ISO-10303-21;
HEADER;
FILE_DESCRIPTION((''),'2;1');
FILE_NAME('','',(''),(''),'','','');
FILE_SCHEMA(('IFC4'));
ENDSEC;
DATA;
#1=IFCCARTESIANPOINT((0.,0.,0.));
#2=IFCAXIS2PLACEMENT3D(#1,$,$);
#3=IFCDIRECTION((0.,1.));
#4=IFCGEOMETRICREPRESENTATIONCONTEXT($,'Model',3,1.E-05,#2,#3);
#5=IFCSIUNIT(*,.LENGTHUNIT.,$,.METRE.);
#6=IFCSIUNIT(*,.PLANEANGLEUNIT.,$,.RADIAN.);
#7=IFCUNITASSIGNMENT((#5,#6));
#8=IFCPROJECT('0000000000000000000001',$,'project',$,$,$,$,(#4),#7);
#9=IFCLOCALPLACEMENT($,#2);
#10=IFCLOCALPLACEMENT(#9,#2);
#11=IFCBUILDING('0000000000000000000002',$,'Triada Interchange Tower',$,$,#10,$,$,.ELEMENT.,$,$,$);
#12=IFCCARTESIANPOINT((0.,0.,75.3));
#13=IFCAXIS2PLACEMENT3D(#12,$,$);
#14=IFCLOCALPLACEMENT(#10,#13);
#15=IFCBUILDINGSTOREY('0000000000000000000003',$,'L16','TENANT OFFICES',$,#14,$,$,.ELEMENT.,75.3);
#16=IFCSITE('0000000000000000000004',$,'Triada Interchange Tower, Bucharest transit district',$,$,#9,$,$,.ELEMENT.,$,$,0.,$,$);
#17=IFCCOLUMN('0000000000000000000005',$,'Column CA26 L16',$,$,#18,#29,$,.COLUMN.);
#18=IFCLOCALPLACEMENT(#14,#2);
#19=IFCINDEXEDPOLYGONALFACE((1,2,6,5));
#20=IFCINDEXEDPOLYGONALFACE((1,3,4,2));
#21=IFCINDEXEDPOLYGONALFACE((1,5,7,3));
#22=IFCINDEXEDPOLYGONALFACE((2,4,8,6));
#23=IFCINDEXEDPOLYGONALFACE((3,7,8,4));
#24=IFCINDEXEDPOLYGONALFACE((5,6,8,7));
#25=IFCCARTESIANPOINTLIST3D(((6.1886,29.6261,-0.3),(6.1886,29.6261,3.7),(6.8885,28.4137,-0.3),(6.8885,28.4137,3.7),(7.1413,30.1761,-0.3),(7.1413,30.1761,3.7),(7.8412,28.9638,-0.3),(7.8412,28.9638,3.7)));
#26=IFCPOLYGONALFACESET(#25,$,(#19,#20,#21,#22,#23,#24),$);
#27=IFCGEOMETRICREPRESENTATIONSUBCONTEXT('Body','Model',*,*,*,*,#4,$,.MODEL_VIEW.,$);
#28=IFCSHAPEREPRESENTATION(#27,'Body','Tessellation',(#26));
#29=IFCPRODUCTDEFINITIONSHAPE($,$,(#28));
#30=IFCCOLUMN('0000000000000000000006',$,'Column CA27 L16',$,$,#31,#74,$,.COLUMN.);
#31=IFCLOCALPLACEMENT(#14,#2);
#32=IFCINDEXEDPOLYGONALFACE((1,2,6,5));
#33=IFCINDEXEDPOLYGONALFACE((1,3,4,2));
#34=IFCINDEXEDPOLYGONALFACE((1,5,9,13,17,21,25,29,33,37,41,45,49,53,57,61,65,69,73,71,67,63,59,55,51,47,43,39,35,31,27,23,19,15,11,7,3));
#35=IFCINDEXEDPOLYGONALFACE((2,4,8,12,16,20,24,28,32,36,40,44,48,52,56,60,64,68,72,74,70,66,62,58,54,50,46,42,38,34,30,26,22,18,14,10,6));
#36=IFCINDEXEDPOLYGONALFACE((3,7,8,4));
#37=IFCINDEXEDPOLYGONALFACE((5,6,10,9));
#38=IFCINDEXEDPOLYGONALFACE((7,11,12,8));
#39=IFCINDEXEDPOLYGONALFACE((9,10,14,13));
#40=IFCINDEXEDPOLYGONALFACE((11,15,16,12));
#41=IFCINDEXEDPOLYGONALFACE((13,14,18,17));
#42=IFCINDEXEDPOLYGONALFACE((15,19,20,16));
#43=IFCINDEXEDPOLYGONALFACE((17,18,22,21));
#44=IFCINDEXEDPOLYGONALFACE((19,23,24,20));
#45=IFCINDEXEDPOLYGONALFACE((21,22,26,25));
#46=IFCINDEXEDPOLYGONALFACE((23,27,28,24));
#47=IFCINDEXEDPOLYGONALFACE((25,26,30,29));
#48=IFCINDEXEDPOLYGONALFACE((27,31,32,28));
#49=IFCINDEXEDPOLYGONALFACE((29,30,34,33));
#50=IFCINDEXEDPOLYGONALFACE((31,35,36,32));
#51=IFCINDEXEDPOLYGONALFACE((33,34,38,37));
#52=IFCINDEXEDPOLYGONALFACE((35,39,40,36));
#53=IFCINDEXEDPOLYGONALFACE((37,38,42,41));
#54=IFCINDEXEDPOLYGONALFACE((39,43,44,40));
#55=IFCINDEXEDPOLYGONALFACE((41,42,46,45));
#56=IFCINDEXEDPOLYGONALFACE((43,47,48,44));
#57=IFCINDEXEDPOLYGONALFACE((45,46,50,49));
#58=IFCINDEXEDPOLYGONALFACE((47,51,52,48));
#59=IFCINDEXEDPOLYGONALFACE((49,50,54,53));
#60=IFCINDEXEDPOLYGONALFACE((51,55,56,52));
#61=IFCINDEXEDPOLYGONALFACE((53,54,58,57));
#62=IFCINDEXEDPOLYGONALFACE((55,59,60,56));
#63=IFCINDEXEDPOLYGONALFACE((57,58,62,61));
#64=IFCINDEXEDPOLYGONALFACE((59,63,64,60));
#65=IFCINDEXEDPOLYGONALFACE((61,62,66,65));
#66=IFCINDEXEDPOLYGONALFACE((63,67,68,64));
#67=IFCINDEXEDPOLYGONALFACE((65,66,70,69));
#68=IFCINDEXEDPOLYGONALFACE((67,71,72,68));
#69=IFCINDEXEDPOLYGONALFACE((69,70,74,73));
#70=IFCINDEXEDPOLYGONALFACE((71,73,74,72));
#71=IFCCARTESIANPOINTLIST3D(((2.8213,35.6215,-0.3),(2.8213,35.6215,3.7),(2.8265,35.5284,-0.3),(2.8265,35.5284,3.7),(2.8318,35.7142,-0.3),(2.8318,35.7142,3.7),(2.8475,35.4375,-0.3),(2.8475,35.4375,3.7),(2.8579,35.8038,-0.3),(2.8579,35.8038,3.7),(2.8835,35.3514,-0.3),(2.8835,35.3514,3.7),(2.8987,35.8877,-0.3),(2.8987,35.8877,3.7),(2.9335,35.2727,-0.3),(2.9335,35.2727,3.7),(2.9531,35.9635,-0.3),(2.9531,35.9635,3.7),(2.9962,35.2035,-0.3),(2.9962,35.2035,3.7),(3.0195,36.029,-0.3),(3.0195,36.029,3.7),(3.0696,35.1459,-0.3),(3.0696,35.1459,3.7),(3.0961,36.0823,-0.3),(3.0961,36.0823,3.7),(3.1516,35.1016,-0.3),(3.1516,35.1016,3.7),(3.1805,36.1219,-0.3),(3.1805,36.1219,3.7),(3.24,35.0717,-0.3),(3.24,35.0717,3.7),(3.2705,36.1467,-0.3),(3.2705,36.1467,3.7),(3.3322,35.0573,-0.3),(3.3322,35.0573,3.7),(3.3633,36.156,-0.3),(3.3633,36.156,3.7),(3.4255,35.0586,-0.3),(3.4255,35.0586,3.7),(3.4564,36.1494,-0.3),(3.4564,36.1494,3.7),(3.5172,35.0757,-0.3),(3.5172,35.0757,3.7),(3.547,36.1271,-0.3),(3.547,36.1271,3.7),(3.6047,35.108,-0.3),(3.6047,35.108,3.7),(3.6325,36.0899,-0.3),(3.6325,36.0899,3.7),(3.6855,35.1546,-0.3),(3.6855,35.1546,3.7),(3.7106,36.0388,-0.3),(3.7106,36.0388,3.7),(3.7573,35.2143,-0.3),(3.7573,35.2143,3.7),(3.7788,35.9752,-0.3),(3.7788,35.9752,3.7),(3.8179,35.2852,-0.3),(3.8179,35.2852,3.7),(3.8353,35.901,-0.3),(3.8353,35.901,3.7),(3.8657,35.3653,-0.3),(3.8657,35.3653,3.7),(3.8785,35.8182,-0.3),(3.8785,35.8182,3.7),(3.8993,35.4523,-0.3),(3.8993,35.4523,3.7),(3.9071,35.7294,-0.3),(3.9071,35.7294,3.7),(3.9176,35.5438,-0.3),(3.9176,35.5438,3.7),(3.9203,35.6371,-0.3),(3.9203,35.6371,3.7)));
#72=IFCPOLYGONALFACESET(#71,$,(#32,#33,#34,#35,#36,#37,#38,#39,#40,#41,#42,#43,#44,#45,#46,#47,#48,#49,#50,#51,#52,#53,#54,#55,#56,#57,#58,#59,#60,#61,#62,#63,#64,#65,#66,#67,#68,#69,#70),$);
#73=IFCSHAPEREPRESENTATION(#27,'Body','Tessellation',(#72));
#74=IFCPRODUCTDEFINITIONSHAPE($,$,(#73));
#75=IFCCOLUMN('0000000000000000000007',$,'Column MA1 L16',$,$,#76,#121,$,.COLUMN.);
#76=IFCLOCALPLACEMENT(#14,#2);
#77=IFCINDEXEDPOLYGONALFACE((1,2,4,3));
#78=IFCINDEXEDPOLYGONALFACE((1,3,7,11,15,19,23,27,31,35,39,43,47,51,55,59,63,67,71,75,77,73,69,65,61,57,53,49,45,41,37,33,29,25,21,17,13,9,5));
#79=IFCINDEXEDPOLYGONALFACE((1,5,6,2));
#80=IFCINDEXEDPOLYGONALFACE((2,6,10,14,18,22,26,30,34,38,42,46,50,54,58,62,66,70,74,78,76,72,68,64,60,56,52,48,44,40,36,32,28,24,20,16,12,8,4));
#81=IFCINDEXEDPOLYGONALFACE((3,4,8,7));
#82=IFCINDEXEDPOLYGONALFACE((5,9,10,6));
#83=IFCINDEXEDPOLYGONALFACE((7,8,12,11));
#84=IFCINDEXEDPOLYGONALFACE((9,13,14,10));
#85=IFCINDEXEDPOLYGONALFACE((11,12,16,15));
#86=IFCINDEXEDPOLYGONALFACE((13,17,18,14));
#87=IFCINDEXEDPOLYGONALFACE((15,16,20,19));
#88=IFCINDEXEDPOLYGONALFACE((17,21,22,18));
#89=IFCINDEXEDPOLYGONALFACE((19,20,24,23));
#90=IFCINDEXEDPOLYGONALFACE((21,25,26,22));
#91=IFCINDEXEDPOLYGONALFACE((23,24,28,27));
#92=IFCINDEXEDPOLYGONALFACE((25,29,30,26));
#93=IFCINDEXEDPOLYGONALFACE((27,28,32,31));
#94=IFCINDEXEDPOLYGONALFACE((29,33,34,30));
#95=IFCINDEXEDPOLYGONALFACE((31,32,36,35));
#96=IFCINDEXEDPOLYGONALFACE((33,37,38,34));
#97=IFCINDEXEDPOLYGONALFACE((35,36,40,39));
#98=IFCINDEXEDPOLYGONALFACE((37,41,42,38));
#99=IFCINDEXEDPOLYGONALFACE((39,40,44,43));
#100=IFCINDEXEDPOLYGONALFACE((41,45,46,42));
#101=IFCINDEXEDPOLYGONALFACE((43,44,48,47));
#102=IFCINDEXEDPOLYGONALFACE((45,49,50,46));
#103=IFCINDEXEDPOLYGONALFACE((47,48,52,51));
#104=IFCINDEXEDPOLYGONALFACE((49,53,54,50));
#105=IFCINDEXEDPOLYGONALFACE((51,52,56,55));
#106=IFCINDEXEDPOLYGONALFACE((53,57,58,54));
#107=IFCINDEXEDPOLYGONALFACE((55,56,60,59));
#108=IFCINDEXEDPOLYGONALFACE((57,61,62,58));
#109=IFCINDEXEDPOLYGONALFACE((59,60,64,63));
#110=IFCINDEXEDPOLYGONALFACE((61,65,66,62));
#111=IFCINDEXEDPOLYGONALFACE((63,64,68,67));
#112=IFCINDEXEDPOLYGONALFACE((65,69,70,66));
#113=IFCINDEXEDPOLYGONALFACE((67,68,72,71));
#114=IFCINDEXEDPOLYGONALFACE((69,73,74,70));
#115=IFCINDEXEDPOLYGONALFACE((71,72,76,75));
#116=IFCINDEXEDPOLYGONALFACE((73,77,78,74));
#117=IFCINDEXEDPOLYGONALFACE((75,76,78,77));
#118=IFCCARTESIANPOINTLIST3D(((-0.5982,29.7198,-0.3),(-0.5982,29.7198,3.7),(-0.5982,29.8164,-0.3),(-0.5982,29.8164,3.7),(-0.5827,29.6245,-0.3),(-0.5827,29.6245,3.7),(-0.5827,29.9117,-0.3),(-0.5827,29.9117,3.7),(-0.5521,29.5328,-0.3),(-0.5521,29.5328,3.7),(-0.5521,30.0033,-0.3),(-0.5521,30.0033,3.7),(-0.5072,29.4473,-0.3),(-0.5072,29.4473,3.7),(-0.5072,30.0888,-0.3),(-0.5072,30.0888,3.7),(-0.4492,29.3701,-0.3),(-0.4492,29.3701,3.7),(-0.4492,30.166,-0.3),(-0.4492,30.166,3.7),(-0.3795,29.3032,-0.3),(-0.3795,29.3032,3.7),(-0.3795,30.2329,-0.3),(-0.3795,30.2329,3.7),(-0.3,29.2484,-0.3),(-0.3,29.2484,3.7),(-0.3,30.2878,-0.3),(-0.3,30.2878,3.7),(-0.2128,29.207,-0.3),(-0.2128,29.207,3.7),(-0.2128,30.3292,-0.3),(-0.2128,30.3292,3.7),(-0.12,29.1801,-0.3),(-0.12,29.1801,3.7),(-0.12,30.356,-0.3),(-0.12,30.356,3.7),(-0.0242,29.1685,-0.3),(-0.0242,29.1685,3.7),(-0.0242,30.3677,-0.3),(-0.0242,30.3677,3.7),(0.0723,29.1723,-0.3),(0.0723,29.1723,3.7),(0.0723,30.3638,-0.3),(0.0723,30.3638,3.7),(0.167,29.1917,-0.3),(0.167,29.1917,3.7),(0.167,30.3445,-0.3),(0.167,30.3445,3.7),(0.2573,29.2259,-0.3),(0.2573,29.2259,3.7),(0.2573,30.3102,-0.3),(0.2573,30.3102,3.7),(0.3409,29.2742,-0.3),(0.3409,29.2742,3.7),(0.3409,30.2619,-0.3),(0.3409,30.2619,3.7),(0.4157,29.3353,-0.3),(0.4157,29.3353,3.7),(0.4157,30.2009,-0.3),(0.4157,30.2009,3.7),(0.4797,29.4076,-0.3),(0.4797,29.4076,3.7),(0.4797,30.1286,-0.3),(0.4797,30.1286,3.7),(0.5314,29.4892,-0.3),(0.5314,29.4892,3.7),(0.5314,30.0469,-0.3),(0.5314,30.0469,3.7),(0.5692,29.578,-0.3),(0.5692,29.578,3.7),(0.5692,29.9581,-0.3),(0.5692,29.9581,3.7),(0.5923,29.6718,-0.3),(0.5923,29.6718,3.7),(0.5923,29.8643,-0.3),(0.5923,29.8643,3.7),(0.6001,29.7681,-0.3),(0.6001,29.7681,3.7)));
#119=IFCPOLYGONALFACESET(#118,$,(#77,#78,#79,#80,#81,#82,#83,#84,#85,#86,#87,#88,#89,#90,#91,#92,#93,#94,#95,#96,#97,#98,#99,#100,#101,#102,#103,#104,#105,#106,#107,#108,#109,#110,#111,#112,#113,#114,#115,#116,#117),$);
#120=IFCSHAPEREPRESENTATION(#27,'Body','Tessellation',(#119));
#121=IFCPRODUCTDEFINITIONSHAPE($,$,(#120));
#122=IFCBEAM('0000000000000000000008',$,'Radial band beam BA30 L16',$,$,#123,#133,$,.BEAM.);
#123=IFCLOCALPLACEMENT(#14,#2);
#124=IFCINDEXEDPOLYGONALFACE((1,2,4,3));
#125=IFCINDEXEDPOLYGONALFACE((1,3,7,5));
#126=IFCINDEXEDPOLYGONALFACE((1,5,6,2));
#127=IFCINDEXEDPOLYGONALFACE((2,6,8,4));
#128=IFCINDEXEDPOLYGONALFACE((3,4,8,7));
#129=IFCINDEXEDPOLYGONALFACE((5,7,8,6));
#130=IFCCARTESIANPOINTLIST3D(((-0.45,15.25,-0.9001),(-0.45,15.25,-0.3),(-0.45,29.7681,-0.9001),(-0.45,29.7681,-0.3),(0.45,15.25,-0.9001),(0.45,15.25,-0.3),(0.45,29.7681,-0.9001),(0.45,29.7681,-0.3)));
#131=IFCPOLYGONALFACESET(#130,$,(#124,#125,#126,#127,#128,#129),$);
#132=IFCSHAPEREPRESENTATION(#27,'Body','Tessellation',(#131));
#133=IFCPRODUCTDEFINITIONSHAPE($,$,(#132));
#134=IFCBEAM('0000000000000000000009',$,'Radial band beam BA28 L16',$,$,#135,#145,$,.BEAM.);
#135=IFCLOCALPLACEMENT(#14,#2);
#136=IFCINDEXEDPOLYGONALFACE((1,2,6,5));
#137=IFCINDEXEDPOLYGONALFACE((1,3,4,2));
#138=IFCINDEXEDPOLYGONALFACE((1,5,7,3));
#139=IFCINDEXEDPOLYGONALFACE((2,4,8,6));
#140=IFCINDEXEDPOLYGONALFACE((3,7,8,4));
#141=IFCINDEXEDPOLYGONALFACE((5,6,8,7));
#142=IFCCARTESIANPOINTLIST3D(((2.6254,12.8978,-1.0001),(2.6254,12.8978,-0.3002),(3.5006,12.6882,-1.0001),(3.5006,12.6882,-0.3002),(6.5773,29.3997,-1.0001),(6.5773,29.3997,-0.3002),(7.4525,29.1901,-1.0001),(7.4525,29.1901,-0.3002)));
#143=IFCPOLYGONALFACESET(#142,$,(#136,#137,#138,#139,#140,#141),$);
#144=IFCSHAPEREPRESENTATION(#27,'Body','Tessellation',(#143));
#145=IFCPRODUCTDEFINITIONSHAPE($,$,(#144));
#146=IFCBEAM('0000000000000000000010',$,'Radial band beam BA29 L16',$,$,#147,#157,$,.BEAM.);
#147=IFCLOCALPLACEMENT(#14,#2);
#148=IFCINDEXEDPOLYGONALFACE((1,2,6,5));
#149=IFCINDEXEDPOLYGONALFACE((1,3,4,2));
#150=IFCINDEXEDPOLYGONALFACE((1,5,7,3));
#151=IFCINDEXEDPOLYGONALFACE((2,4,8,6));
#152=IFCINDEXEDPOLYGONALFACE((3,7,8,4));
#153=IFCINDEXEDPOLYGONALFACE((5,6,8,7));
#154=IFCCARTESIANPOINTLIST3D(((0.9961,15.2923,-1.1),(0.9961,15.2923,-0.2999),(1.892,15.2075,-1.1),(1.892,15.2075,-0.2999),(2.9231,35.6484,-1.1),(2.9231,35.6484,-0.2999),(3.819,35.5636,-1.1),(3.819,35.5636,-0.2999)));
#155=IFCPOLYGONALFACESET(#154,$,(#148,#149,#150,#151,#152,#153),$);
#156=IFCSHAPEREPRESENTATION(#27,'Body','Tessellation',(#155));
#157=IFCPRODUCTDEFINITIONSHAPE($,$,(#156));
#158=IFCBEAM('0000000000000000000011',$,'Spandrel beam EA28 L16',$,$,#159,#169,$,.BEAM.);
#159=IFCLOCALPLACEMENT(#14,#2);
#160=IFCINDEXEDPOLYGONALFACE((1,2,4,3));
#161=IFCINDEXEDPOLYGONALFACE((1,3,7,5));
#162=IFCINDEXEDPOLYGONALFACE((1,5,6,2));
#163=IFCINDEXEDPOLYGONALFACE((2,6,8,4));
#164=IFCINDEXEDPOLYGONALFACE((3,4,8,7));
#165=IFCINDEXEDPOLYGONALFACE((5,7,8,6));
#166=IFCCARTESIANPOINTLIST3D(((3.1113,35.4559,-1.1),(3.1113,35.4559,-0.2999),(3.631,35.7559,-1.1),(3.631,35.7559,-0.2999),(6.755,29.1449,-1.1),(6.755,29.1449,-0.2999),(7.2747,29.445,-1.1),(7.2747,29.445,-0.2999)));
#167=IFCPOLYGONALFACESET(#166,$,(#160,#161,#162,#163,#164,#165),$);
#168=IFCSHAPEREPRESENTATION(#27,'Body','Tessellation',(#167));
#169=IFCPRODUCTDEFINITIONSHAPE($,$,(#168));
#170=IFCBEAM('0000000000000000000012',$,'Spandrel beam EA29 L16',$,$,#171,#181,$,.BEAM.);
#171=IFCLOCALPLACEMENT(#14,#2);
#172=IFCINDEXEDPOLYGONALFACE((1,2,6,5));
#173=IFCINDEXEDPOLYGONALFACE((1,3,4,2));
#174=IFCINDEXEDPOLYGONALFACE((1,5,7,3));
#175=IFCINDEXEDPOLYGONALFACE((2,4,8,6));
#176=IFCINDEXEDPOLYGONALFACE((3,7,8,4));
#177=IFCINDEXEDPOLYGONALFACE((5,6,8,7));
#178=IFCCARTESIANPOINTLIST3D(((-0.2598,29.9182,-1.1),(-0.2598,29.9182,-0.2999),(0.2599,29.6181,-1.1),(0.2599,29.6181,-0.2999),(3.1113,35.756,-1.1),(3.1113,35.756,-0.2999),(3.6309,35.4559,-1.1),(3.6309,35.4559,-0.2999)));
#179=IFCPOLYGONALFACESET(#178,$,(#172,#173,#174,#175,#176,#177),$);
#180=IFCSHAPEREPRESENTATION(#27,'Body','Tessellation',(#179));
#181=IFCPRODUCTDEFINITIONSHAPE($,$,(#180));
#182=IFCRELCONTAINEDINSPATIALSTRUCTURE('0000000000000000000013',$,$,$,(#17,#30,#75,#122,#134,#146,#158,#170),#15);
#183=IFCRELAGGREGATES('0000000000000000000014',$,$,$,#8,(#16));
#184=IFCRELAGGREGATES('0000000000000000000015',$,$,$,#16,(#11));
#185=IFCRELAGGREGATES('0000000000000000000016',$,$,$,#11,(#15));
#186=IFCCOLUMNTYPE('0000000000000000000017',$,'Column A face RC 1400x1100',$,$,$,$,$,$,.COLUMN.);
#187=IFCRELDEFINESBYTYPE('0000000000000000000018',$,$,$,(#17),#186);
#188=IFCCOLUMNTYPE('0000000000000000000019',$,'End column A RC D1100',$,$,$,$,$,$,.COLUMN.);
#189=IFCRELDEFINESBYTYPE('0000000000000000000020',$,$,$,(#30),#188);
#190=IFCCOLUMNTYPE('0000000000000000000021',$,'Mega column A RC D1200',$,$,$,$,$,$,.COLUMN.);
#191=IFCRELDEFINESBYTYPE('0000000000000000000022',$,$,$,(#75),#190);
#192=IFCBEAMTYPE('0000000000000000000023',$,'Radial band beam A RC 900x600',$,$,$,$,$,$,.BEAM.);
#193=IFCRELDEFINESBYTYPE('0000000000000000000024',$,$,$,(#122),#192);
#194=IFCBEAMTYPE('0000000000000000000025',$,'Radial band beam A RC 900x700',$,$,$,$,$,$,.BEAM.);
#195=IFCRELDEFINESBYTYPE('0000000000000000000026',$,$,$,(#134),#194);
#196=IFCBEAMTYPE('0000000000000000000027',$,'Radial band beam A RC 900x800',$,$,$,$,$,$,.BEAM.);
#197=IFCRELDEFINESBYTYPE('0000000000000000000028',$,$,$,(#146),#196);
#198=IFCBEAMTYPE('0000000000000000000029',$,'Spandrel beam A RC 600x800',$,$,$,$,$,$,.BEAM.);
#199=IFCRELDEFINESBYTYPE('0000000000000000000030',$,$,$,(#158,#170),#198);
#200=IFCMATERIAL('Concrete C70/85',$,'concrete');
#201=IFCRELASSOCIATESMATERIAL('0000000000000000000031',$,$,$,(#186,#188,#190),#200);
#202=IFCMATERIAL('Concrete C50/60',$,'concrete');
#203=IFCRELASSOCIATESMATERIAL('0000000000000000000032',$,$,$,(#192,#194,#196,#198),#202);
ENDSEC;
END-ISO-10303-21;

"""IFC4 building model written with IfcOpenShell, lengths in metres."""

from ifc_helpers import new_model, si_unit, direction, frame, origin, origin_2d, place, context, subcontext, project, spatial, rectangle, circle, extrude, material, material_profile, profile_set, type_object, element, save


model = new_model("IFC4")

# Units and contexts
model_context = context("Model", 3, precision=1e-05, world=origin(), true_north=direction((0.0, 1.0)))
body_context = subcontext(model_context, "Body", "Model", "MODEL_VIEW")
ifc_project = project(units=[si_unit("LENGTHUNIT", "METRE"), si_unit("PLANEANGLEUNIT", "RADIAN")], contexts=[model_context])

# Site, building, storey
site_placement = place(None, origin())
site = spatial("IfcSite", under=ifc_project, at=site_placement, Name="Triada Interchange Tower, Bucharest transit district", CompositionType="ELEMENT", RefElevation=0.0)
building_placement = place(site_placement, origin())
building = spatial("IfcBuilding", under=site, at=building_placement, Name="Triada Interchange Tower", CompositionType="ELEMENT")
storey_placement = place(building_placement, frame((0.0, 0.0, 75.3)))
storey = spatial("IfcBuildingStorey", under=building, at=storey_placement, Name="L16", Description="TENANT OFFICES", CompositionType="ELEMENT", Elevation=75.3)

# Columns
ifc_material_1 = material(Name="Concrete C70/85", Category="concrete")
ifc_material_profile_1 = material_profile(ifc_material_1, rectangle(XDim=1.3999, YDim=1.1001, at=origin_2d()), Name="RC 1400x1100")
ifc_profile_set_1 = profile_set([ifc_material_profile_1], Name="Concrete C70/85")
column_type_1 = type_object("IfcColumnType", Name="Column A face RC 1400x1100", PredefinedType="COLUMN", material=ifc_profile_set_1)
column_1_placement = place(storey_placement, frame((7.0149, 29.2949, -0.3), z_axis=(0.0, 0.0, 1.0), x_axis=(-0.5, 0.866025, 0.0)))
element("IfcColumn", 1, at=column_1_placement, inside=storey, type_object=column_type_1, Name="Column CA26 L16", PredefinedType="COLUMN", context=body_context, shape_type="SweptSolid", body=[
    extrude(rectangle(XDim=1.3999, YDim=1.1001, at=origin_2d()), origin(), (0.0, 0.0, 1.0), 4.0),
])
ifc_material_profile_2 = material_profile(ifc_material_1, circle(Radius=0.55, at=origin_2d()), Name="RC D1100")
ifc_profile_set_2 = profile_set([ifc_material_profile_2], Name="Concrete C70/85")
column_type_2 = type_object("IfcColumnType", Name="End column A RC D1100", PredefinedType="COLUMN", material=ifc_profile_set_2)
column_2_placement = place(storey_placement, frame((3.3711, 35.606, -0.3), z_axis=(0.0, 0.0, 1.0), x_axis=(-0.5, 0.866025, 0.0)))
element("IfcColumn", 2, at=column_2_placement, inside=storey, type_object=column_type_2, Name="Column CA27 L16", PredefinedType="COLUMN", context=body_context, shape_type="SweptSolid", body=[
    extrude(circle(Radius=0.55, at=origin_2d()), origin(), (0.0, 0.0, 1.0), 4.0),
])
ifc_material_profile_3 = material_profile(ifc_material_1, circle(Radius=0.6001, at=origin_2d()), Name="RC D1200")
ifc_profile_set_3 = profile_set([ifc_material_profile_3], Name="Concrete C70/85")
column_type_3 = type_object("IfcColumnType", Name="Mega column A RC D1200", PredefinedType="COLUMN", material=ifc_profile_set_3)
column_3_placement = place(storey_placement, frame((0.0, 29.7681, -0.3), z_axis=(0.0, 0.0, 1.0), x_axis=(1.0, 0.0, 0.0)))
element("IfcColumn", 3, at=column_3_placement, inside=storey, type_object=column_type_3, Name="Column MA1 L16", PredefinedType="COLUMN", context=body_context, shape_type="SweptSolid", body=[
    extrude(circle(Radius=0.6001, at=origin_2d()), origin(), (0.0, 0.0, 1.0), 4.0),
])

# Beams
ifc_material_2 = material(Name="Concrete C50/60", Category="concrete")
ifc_material_profile_4 = material_profile(ifc_material_2, rectangle(XDim=0.8999, YDim=0.6001, at=origin_2d()), Name="RC 900x600")
ifc_profile_set_4 = profile_set([ifc_material_profile_4], Name="Concrete C50/60")
beam_type_1 = type_object("IfcBeamType", Name="Radial band beam A RC 900x600", PredefinedType="BEAM", material=ifc_profile_set_4)
beam_1_placement = place(storey_placement, frame((0.0, 29.7681, -0.6001), z_axis=(0.0, -1.0, 0.0), x_axis=(1.0, 0.0, 0.0)))
element("IfcBeam", 4, at=beam_1_placement, inside=storey, type_object=beam_type_1, Name="Radial band beam BA30 L16", PredefinedType="BEAM", context=body_context, shape_type="SweptSolid", body=[
    extrude(rectangle(XDim=0.8999, YDim=0.6001, at=origin_2d()), origin(), (0.0, 0.0, 1.0), 14.5181),
])
ifc_material_profile_5 = material_profile(ifc_material_2, rectangle(XDim=0.8999, YDim=0.7, at=origin_2d()), Name="RC 900x700")
ifc_profile_set_5 = profile_set([ifc_material_profile_5], Name="Concrete C50/60")
beam_type_2 = type_object("IfcBeamType", Name="Radial band beam A RC 900x700", PredefinedType="BEAM", material=ifc_profile_set_5)
beam_2_placement = place(storey_placement, frame((7.0149, 29.2949, -0.6501), z_axis=(-0.232896, -0.972502, 0.0), x_axis=(0.972502, -0.232896, 0.0)))
element("IfcBeam", 5, at=beam_2_placement, inside=storey, type_object=beam_type_2, Name="Radial band beam BA28 L16", PredefinedType="BEAM", context=body_context, shape_type="SweptSolid", body=[
    extrude(rectangle(XDim=0.8999, YDim=0.7, at=origin_2d()), origin(), (0.0, 0.0, 1.0), 16.9685),
])
ifc_material_profile_6 = material_profile(ifc_material_2, rectangle(XDim=0.8999, YDim=0.8, at=origin_2d()), Name="RC 900x800")
ifc_profile_set_6 = profile_set([ifc_material_profile_6], Name="Concrete C50/60")
beam_type_3 = type_object("IfcBeamType", Name="Radial band beam A RC 900x800", PredefinedType="BEAM", material=ifc_profile_set_6)
beam_3_placement = place(storey_placement, frame((3.3711, 35.606, -0.7), z_axis=(-0.094244, -0.995549, 0.0), x_axis=(0.995549, -0.094244, 0.0)))
element("IfcBeam", 6, at=beam_3_placement, inside=storey, type_object=beam_type_3, Name="Radial band beam BA29 L16", PredefinedType="BEAM", context=body_context, shape_type="SweptSolid", body=[
    extrude(rectangle(XDim=0.8999, YDim=0.8, at=origin_2d()), origin(), (0.0, 0.0, 1.0), 20.447),
])
ifc_material_profile_7 = material_profile(ifc_material_2, rectangle(XDim=0.6001, YDim=0.8, at=origin_2d()), Name="RC 600x800")
ifc_profile_set_7 = profile_set([ifc_material_profile_7], Name="Concrete C50/60")
beam_type_4 = type_object("IfcBeamType", Name="Spandrel beam A RC 600x800", PredefinedType="BEAM", material=ifc_profile_set_7)
beam_4_placement = place(storey_placement, frame((7.0149, 29.2949, -0.7), z_axis=(-0.500012, 0.866018, 0.0), x_axis=(-0.866018, -0.500012, 0.0)))
element("IfcBeam", 7, at=beam_4_placement, inside=storey, type_object=beam_type_4, Name="Spandrel beam EA28 L16", PredefinedType="BEAM", context=body_context, shape_type="SweptSolid", body=[
    extrude(rectangle(XDim=0.6001, YDim=0.8, at=origin_2d()), origin(), (0.0, 0.0, 1.0), 7.2874),
])
for number, where, z_axis, x_axis, name in (
    (8, (3.3711, 35.606, -0.7), (-0.500065, -0.865988, 0.0), (0.865988, -0.500065, 0.0), "Spandrel beam EA29 L16"),
):
    element("IfcBeam", number, at=place(storey_placement, frame(where, z_axis=z_axis, x_axis=x_axis)), inside=storey, type_object=beam_type_4, Name=name, PredefinedType="BEAM", context=body_context, shape_type="SweptSolid", body=[
        extrude(rectangle(XDim=0.6001, YDim=0.8, at=origin_2d()), origin(), (0.0, 0.0, 1.0), 6.7412),
    ])

save(model, "model.ifc")
